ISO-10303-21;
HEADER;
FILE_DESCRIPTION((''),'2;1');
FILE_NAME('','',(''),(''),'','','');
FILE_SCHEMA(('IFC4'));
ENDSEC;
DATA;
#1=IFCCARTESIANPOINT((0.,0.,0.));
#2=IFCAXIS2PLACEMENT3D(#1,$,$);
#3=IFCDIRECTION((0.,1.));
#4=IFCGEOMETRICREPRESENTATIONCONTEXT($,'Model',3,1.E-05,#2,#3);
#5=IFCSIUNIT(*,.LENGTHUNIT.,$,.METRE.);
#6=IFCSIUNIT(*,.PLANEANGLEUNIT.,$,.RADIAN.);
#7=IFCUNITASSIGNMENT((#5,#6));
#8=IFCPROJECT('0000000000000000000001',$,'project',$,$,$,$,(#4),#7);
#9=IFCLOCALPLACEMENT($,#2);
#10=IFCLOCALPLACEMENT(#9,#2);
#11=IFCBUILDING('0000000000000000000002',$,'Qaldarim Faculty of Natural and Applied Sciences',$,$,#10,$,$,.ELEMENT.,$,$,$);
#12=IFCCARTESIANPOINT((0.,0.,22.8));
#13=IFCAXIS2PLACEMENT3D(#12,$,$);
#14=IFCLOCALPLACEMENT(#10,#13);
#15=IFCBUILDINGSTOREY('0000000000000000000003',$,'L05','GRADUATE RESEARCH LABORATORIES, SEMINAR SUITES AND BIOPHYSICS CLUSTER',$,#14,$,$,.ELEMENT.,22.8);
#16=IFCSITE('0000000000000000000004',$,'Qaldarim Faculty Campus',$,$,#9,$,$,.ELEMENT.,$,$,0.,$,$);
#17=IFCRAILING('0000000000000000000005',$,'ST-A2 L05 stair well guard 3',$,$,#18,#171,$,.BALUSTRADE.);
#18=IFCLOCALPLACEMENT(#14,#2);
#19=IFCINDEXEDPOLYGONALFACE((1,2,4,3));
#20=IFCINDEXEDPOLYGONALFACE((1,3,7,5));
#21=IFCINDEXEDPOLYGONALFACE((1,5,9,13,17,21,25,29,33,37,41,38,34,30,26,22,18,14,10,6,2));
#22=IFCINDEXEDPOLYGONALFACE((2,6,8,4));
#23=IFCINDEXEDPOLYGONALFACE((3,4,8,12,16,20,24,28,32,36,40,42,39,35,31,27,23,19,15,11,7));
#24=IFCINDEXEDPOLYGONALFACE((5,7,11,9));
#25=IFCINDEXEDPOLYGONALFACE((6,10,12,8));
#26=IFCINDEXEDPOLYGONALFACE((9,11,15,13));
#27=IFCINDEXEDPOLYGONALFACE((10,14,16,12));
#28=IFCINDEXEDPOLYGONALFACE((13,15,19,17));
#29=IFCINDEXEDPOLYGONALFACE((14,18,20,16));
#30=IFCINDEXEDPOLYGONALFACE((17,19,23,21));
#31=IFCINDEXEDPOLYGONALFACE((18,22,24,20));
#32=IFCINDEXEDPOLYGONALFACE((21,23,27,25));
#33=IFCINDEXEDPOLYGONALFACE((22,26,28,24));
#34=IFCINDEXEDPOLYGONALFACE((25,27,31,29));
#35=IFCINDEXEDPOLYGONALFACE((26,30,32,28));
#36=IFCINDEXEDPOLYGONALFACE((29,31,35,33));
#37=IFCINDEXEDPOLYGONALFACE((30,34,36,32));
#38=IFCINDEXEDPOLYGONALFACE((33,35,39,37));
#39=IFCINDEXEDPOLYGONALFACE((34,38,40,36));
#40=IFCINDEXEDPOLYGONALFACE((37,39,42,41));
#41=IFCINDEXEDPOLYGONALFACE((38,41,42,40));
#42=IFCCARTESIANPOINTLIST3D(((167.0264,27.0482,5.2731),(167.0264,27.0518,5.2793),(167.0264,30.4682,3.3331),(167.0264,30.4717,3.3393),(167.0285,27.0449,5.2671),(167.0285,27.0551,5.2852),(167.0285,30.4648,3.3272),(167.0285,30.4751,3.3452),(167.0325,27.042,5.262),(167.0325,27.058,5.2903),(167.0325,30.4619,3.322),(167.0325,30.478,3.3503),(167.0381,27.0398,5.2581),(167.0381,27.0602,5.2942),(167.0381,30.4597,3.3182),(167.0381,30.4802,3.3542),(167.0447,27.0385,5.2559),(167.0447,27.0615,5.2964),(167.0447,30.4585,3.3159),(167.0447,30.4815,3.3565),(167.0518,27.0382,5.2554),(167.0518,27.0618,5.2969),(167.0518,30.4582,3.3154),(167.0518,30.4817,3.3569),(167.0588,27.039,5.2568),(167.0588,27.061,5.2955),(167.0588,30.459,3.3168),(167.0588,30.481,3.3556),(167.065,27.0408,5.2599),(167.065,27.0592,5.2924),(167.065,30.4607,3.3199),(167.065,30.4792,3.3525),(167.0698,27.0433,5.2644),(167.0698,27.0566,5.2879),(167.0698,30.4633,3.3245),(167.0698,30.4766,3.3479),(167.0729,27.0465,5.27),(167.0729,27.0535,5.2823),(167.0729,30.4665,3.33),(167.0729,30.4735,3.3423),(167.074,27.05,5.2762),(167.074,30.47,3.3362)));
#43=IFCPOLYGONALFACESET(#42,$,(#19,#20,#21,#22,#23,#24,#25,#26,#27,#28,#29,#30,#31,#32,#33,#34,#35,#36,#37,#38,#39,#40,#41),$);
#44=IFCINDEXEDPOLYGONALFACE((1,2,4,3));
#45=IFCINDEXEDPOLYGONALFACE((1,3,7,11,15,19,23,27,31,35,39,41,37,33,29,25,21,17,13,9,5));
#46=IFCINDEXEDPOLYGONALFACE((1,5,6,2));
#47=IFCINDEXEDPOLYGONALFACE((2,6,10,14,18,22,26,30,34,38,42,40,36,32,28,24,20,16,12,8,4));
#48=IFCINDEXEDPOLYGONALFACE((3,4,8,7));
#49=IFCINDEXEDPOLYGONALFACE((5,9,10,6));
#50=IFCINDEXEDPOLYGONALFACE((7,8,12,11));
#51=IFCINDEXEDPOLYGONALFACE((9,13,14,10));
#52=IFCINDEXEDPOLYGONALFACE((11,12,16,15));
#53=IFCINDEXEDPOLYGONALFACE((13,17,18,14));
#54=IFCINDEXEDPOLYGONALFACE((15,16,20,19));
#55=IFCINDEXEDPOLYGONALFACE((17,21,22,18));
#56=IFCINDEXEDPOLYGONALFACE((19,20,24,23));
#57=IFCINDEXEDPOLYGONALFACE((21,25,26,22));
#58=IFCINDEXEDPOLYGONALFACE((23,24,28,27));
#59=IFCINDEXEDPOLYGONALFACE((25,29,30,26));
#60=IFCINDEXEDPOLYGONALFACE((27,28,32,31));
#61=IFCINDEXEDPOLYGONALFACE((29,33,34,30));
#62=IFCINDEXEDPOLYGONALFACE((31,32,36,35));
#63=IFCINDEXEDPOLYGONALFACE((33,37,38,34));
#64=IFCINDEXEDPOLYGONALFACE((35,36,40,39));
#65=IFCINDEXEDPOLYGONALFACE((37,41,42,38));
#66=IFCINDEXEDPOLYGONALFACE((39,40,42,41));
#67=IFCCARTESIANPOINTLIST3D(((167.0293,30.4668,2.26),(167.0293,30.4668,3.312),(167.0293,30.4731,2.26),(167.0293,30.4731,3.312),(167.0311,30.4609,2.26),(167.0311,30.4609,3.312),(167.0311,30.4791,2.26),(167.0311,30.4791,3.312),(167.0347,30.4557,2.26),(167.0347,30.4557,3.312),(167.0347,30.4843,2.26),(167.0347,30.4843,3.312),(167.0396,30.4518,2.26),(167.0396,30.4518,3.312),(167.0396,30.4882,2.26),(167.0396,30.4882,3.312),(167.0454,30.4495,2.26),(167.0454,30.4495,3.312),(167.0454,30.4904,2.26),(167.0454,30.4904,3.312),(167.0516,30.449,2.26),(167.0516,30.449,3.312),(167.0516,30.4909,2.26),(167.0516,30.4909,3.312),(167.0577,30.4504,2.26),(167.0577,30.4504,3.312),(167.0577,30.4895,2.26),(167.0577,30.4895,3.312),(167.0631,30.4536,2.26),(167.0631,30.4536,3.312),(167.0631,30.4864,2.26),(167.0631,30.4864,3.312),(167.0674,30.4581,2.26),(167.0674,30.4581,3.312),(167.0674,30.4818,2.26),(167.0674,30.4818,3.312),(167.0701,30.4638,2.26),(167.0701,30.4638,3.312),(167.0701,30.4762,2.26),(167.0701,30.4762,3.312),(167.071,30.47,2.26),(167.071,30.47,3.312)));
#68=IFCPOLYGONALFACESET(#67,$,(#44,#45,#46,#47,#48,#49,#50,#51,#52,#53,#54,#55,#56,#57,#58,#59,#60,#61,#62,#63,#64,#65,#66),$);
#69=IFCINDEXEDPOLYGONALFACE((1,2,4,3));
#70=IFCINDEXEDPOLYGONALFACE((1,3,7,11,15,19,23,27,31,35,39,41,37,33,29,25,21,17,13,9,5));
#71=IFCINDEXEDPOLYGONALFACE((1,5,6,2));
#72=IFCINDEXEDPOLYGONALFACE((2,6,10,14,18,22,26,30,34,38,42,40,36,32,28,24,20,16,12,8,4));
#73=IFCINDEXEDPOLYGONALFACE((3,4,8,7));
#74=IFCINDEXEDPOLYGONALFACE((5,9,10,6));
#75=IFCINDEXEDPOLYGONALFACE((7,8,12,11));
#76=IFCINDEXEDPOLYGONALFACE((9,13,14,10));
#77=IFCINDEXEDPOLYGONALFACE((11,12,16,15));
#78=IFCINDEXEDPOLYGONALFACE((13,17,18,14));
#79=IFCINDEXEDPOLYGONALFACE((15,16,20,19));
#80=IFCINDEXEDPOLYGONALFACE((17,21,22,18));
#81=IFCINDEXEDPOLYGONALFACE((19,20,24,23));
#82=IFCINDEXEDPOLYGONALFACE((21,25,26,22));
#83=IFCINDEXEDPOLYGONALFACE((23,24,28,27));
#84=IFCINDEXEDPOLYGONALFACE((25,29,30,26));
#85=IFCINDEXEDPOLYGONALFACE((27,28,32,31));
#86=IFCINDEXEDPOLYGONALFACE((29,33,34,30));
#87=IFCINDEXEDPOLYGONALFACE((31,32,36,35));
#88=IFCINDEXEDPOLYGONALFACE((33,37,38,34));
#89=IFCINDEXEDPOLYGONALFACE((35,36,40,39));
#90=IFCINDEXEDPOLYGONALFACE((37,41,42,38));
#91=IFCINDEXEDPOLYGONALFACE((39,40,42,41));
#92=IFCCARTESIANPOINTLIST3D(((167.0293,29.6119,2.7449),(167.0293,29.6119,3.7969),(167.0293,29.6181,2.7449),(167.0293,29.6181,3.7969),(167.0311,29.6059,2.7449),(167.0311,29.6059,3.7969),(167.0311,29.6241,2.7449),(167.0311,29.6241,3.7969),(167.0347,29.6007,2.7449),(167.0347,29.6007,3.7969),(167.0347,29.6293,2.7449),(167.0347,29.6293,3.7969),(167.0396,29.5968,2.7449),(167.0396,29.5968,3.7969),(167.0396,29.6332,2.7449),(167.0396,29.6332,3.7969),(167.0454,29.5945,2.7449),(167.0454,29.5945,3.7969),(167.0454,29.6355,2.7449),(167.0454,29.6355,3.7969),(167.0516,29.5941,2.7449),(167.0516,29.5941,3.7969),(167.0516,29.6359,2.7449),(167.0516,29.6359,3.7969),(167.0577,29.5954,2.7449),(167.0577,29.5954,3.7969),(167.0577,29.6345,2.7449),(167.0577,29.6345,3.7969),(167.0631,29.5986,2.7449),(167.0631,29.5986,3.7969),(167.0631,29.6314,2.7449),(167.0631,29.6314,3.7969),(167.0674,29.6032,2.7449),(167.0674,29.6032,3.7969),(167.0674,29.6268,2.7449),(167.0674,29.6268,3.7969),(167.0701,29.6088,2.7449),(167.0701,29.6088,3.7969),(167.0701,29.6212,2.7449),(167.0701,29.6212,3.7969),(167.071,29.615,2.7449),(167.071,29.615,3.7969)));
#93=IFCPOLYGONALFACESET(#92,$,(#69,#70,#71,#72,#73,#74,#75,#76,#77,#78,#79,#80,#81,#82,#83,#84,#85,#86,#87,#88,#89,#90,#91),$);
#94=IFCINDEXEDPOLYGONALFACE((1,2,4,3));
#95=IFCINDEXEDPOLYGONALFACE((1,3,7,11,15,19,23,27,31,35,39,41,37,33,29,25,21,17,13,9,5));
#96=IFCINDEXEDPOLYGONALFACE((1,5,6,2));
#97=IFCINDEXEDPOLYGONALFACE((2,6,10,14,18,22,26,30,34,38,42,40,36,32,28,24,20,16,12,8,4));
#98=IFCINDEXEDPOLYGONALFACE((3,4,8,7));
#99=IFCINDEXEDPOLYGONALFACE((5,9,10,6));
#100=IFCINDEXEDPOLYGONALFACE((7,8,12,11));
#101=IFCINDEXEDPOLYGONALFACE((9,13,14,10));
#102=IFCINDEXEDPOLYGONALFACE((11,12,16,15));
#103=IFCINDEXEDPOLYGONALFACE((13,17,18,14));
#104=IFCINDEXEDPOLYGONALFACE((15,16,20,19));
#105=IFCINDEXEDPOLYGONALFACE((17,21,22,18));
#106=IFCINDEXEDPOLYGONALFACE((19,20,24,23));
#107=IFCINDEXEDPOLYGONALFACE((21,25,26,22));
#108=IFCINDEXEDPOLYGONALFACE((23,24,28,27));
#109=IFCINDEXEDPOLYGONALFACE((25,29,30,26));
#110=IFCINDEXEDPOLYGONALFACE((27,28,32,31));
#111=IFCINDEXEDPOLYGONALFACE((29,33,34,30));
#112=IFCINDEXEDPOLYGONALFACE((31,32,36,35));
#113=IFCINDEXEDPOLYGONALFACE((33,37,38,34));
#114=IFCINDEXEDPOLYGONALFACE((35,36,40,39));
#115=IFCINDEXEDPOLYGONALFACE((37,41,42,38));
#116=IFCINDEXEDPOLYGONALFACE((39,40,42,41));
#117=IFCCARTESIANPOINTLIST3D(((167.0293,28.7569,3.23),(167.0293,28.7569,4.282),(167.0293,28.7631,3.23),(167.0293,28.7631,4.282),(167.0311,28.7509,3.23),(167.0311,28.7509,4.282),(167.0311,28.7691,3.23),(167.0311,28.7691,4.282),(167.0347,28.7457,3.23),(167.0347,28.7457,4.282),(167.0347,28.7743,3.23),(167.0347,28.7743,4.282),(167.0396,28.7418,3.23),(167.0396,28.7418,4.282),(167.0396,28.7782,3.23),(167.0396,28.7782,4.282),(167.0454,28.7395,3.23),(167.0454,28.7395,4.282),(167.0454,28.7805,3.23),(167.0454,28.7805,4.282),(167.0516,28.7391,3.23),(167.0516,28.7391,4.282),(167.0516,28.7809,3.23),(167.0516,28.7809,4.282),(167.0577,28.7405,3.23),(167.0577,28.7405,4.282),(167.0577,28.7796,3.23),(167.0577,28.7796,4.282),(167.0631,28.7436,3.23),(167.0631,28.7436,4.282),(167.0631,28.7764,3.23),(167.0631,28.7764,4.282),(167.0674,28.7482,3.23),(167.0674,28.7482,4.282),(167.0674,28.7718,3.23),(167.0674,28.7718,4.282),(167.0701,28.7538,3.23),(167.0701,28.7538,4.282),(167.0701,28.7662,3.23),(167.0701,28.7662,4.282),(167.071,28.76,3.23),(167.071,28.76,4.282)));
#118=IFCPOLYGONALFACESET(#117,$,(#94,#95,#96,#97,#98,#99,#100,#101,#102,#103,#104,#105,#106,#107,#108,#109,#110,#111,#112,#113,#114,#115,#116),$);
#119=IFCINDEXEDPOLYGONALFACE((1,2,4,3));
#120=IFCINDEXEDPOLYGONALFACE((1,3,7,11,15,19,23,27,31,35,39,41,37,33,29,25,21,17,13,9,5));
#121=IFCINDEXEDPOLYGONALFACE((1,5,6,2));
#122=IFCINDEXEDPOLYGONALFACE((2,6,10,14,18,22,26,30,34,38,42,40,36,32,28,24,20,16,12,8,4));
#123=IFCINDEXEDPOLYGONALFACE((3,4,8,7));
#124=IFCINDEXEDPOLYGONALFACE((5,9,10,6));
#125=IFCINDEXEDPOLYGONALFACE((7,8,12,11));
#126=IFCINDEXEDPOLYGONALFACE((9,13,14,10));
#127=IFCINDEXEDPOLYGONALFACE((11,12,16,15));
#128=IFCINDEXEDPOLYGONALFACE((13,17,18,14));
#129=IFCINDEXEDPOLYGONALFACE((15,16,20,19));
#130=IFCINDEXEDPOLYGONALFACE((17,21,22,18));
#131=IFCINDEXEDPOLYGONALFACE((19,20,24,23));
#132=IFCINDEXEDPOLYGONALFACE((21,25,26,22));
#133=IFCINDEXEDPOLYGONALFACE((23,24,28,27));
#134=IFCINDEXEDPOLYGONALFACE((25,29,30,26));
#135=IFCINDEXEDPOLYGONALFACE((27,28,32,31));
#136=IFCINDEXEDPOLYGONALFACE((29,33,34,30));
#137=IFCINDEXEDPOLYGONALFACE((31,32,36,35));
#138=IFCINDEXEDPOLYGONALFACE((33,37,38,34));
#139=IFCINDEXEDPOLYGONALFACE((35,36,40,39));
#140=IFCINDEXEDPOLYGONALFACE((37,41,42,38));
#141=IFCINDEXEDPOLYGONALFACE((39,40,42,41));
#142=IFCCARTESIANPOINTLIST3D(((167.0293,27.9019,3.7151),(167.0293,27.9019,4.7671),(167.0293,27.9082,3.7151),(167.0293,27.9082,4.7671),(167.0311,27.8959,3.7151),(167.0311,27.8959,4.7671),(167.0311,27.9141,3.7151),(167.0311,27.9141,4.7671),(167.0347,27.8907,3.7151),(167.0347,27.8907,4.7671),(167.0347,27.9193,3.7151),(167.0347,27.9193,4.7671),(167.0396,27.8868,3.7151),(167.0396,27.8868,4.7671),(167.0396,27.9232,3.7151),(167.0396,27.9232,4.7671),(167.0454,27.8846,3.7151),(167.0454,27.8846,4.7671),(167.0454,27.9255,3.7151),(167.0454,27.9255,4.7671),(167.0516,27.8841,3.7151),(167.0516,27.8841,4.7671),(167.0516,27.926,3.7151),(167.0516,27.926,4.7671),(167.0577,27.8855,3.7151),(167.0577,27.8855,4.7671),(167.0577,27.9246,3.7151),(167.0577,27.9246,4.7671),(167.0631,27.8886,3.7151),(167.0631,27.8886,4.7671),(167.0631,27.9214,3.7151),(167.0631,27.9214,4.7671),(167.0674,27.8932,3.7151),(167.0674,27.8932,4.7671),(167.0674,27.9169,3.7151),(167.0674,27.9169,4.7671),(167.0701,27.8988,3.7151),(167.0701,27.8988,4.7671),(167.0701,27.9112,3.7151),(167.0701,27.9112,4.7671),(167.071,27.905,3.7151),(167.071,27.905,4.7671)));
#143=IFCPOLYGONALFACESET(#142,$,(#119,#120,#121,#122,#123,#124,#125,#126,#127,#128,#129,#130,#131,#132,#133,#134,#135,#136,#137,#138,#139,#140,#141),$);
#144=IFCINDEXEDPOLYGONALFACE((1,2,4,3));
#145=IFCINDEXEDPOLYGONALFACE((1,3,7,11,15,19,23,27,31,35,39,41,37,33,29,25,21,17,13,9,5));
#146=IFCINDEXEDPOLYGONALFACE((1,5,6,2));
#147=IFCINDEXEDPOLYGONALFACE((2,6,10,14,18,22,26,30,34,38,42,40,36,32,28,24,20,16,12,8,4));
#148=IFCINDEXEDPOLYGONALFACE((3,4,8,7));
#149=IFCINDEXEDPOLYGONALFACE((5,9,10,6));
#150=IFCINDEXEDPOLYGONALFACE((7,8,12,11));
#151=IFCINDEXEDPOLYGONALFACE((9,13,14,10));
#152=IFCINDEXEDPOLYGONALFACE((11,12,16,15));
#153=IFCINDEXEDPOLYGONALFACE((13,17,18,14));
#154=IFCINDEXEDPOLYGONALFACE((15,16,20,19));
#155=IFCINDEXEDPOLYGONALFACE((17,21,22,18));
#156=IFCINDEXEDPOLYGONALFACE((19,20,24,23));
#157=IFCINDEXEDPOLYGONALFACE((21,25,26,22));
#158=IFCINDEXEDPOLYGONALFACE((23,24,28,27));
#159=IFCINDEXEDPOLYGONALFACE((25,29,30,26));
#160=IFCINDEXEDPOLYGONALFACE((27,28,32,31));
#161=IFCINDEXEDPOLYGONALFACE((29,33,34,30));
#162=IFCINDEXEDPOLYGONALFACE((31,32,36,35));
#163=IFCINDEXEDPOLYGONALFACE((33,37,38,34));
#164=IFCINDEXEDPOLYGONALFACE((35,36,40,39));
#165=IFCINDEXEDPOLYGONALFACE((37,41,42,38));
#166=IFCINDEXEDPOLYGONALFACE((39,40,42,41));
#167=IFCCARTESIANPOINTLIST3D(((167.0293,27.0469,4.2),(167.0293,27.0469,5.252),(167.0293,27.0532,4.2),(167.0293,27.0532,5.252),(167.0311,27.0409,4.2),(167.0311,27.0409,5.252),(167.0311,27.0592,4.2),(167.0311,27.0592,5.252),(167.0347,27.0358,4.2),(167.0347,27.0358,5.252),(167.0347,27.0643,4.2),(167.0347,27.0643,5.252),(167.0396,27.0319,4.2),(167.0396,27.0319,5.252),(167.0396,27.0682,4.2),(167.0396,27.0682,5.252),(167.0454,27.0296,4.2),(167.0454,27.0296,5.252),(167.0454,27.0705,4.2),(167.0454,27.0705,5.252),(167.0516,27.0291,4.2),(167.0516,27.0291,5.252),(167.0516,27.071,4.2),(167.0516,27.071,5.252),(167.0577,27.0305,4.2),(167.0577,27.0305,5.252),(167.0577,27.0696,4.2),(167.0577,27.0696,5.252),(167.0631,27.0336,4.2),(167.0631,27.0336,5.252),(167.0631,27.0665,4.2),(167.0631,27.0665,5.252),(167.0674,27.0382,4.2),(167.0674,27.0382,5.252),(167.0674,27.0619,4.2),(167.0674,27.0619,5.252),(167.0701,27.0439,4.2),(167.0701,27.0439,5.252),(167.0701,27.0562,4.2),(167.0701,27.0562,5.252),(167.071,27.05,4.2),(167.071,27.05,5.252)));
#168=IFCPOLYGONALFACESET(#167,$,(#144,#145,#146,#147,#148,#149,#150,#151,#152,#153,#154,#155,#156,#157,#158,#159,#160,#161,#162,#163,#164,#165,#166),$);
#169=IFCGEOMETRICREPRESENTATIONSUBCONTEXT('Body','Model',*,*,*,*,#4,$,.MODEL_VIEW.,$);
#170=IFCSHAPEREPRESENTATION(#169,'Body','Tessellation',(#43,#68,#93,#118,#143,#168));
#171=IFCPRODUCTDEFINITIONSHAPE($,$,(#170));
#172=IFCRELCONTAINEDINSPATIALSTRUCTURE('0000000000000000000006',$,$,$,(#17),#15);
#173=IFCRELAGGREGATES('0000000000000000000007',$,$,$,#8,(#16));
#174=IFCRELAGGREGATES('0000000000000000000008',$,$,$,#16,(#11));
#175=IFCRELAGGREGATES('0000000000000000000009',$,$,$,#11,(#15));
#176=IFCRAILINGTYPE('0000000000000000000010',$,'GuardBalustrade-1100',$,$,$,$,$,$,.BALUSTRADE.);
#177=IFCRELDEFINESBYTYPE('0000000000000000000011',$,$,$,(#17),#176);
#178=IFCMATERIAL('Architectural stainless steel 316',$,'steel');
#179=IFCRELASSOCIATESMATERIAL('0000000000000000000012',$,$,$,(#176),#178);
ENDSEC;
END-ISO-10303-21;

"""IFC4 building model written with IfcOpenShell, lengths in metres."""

from ifc_helpers import new_model, si_unit, direction, frame, origin, origin_2d, place, context, subcontext, project, spatial, circle, extrude, material, type_object, element, save


model = new_model("IFC4")

# Units and contexts
model_context = context("Model", 3, precision=1e-05, world=origin(), true_north=direction((0.0, 1.0)))
body_context = subcontext(model_context, "Body", "Model", "MODEL_VIEW")
ifc_project = project(units=[si_unit("LENGTHUNIT", "METRE"), si_unit("PLANEANGLEUNIT", "RADIAN")], contexts=[model_context])

# Site, building, storey
site_placement = place(None, origin())
site = spatial("IfcSite", under=ifc_project, at=site_placement, Name="Qaldarim Faculty Campus", CompositionType="ELEMENT", RefElevation=0.0)
building_placement = place(site_placement, origin())
building = spatial("IfcBuilding", under=site, at=building_placement, Name="Qaldarim Faculty of Natural and Applied Sciences", CompositionType="ELEMENT")
storey_placement = place(building_placement, frame((0.0, 0.0, 22.8)))
storey = spatial("IfcBuildingStorey", under=building, at=storey_placement, Name="L05", Description="GRADUATE RESEARCH LABORATORIES, SEMINAR SUITES AND BIOPHYSICS CLUSTER", CompositionType="ELEMENT", Elevation=22.8)

# Shared definitions
ifc_material_1 = material(Name="Architectural stainless steel 316", Category="steel")

# Railing
railing_type_1 = type_object("IfcRailingType", Name="GuardBalustrade-1100", PredefinedType="BALUSTRADE", material=ifc_material_1)
railing_1_placement = place(storey_placement, frame((167.05, 30.47, 2.26)))
element("IfcRailing", 1, at=railing_1_placement, inside=storey, type_object=railing_type_1, Name="ST-A2 L05 stair well guard 3", PredefinedType="BALUSTRADE", context=body_context, shape_type="SweptSolid", body=[
    extrude(circle(Radius=0.0239, at=origin_2d()), frame((0.0, 0.0, 1.0762), z_axis=(0.0, -0.869805, 0.493395), x_axis=(1.0, 0.0, 0.0)), (0.0, 0.0, 1.0), 3.9319),
    extrude(circle(Radius=0.021, at=origin_2d()), origin(), (0.0, 0.0, 1.0), 1.052),
    extrude(circle(Radius=0.021, at=origin_2d()), frame((0.0, -0.855, 0.4849)), (0.0, 0.0, 1.0), 1.052),
    extrude(circle(Radius=0.021, at=origin_2d()), frame((0.0, -1.71, 0.97)), (0.0, 0.0, 1.0), 1.052),
    extrude(circle(Radius=0.021, at=origin_2d()), frame((0.0, -2.5649, 1.4551)), (0.0, 0.0, 1.0), 1.052),
    extrude(circle(Radius=0.021, at=origin_2d()), frame((0.0, -3.4199, 1.9399)), (0.0, 0.0, 1.0), 1.052),
])

save(model, "model.ifc")
